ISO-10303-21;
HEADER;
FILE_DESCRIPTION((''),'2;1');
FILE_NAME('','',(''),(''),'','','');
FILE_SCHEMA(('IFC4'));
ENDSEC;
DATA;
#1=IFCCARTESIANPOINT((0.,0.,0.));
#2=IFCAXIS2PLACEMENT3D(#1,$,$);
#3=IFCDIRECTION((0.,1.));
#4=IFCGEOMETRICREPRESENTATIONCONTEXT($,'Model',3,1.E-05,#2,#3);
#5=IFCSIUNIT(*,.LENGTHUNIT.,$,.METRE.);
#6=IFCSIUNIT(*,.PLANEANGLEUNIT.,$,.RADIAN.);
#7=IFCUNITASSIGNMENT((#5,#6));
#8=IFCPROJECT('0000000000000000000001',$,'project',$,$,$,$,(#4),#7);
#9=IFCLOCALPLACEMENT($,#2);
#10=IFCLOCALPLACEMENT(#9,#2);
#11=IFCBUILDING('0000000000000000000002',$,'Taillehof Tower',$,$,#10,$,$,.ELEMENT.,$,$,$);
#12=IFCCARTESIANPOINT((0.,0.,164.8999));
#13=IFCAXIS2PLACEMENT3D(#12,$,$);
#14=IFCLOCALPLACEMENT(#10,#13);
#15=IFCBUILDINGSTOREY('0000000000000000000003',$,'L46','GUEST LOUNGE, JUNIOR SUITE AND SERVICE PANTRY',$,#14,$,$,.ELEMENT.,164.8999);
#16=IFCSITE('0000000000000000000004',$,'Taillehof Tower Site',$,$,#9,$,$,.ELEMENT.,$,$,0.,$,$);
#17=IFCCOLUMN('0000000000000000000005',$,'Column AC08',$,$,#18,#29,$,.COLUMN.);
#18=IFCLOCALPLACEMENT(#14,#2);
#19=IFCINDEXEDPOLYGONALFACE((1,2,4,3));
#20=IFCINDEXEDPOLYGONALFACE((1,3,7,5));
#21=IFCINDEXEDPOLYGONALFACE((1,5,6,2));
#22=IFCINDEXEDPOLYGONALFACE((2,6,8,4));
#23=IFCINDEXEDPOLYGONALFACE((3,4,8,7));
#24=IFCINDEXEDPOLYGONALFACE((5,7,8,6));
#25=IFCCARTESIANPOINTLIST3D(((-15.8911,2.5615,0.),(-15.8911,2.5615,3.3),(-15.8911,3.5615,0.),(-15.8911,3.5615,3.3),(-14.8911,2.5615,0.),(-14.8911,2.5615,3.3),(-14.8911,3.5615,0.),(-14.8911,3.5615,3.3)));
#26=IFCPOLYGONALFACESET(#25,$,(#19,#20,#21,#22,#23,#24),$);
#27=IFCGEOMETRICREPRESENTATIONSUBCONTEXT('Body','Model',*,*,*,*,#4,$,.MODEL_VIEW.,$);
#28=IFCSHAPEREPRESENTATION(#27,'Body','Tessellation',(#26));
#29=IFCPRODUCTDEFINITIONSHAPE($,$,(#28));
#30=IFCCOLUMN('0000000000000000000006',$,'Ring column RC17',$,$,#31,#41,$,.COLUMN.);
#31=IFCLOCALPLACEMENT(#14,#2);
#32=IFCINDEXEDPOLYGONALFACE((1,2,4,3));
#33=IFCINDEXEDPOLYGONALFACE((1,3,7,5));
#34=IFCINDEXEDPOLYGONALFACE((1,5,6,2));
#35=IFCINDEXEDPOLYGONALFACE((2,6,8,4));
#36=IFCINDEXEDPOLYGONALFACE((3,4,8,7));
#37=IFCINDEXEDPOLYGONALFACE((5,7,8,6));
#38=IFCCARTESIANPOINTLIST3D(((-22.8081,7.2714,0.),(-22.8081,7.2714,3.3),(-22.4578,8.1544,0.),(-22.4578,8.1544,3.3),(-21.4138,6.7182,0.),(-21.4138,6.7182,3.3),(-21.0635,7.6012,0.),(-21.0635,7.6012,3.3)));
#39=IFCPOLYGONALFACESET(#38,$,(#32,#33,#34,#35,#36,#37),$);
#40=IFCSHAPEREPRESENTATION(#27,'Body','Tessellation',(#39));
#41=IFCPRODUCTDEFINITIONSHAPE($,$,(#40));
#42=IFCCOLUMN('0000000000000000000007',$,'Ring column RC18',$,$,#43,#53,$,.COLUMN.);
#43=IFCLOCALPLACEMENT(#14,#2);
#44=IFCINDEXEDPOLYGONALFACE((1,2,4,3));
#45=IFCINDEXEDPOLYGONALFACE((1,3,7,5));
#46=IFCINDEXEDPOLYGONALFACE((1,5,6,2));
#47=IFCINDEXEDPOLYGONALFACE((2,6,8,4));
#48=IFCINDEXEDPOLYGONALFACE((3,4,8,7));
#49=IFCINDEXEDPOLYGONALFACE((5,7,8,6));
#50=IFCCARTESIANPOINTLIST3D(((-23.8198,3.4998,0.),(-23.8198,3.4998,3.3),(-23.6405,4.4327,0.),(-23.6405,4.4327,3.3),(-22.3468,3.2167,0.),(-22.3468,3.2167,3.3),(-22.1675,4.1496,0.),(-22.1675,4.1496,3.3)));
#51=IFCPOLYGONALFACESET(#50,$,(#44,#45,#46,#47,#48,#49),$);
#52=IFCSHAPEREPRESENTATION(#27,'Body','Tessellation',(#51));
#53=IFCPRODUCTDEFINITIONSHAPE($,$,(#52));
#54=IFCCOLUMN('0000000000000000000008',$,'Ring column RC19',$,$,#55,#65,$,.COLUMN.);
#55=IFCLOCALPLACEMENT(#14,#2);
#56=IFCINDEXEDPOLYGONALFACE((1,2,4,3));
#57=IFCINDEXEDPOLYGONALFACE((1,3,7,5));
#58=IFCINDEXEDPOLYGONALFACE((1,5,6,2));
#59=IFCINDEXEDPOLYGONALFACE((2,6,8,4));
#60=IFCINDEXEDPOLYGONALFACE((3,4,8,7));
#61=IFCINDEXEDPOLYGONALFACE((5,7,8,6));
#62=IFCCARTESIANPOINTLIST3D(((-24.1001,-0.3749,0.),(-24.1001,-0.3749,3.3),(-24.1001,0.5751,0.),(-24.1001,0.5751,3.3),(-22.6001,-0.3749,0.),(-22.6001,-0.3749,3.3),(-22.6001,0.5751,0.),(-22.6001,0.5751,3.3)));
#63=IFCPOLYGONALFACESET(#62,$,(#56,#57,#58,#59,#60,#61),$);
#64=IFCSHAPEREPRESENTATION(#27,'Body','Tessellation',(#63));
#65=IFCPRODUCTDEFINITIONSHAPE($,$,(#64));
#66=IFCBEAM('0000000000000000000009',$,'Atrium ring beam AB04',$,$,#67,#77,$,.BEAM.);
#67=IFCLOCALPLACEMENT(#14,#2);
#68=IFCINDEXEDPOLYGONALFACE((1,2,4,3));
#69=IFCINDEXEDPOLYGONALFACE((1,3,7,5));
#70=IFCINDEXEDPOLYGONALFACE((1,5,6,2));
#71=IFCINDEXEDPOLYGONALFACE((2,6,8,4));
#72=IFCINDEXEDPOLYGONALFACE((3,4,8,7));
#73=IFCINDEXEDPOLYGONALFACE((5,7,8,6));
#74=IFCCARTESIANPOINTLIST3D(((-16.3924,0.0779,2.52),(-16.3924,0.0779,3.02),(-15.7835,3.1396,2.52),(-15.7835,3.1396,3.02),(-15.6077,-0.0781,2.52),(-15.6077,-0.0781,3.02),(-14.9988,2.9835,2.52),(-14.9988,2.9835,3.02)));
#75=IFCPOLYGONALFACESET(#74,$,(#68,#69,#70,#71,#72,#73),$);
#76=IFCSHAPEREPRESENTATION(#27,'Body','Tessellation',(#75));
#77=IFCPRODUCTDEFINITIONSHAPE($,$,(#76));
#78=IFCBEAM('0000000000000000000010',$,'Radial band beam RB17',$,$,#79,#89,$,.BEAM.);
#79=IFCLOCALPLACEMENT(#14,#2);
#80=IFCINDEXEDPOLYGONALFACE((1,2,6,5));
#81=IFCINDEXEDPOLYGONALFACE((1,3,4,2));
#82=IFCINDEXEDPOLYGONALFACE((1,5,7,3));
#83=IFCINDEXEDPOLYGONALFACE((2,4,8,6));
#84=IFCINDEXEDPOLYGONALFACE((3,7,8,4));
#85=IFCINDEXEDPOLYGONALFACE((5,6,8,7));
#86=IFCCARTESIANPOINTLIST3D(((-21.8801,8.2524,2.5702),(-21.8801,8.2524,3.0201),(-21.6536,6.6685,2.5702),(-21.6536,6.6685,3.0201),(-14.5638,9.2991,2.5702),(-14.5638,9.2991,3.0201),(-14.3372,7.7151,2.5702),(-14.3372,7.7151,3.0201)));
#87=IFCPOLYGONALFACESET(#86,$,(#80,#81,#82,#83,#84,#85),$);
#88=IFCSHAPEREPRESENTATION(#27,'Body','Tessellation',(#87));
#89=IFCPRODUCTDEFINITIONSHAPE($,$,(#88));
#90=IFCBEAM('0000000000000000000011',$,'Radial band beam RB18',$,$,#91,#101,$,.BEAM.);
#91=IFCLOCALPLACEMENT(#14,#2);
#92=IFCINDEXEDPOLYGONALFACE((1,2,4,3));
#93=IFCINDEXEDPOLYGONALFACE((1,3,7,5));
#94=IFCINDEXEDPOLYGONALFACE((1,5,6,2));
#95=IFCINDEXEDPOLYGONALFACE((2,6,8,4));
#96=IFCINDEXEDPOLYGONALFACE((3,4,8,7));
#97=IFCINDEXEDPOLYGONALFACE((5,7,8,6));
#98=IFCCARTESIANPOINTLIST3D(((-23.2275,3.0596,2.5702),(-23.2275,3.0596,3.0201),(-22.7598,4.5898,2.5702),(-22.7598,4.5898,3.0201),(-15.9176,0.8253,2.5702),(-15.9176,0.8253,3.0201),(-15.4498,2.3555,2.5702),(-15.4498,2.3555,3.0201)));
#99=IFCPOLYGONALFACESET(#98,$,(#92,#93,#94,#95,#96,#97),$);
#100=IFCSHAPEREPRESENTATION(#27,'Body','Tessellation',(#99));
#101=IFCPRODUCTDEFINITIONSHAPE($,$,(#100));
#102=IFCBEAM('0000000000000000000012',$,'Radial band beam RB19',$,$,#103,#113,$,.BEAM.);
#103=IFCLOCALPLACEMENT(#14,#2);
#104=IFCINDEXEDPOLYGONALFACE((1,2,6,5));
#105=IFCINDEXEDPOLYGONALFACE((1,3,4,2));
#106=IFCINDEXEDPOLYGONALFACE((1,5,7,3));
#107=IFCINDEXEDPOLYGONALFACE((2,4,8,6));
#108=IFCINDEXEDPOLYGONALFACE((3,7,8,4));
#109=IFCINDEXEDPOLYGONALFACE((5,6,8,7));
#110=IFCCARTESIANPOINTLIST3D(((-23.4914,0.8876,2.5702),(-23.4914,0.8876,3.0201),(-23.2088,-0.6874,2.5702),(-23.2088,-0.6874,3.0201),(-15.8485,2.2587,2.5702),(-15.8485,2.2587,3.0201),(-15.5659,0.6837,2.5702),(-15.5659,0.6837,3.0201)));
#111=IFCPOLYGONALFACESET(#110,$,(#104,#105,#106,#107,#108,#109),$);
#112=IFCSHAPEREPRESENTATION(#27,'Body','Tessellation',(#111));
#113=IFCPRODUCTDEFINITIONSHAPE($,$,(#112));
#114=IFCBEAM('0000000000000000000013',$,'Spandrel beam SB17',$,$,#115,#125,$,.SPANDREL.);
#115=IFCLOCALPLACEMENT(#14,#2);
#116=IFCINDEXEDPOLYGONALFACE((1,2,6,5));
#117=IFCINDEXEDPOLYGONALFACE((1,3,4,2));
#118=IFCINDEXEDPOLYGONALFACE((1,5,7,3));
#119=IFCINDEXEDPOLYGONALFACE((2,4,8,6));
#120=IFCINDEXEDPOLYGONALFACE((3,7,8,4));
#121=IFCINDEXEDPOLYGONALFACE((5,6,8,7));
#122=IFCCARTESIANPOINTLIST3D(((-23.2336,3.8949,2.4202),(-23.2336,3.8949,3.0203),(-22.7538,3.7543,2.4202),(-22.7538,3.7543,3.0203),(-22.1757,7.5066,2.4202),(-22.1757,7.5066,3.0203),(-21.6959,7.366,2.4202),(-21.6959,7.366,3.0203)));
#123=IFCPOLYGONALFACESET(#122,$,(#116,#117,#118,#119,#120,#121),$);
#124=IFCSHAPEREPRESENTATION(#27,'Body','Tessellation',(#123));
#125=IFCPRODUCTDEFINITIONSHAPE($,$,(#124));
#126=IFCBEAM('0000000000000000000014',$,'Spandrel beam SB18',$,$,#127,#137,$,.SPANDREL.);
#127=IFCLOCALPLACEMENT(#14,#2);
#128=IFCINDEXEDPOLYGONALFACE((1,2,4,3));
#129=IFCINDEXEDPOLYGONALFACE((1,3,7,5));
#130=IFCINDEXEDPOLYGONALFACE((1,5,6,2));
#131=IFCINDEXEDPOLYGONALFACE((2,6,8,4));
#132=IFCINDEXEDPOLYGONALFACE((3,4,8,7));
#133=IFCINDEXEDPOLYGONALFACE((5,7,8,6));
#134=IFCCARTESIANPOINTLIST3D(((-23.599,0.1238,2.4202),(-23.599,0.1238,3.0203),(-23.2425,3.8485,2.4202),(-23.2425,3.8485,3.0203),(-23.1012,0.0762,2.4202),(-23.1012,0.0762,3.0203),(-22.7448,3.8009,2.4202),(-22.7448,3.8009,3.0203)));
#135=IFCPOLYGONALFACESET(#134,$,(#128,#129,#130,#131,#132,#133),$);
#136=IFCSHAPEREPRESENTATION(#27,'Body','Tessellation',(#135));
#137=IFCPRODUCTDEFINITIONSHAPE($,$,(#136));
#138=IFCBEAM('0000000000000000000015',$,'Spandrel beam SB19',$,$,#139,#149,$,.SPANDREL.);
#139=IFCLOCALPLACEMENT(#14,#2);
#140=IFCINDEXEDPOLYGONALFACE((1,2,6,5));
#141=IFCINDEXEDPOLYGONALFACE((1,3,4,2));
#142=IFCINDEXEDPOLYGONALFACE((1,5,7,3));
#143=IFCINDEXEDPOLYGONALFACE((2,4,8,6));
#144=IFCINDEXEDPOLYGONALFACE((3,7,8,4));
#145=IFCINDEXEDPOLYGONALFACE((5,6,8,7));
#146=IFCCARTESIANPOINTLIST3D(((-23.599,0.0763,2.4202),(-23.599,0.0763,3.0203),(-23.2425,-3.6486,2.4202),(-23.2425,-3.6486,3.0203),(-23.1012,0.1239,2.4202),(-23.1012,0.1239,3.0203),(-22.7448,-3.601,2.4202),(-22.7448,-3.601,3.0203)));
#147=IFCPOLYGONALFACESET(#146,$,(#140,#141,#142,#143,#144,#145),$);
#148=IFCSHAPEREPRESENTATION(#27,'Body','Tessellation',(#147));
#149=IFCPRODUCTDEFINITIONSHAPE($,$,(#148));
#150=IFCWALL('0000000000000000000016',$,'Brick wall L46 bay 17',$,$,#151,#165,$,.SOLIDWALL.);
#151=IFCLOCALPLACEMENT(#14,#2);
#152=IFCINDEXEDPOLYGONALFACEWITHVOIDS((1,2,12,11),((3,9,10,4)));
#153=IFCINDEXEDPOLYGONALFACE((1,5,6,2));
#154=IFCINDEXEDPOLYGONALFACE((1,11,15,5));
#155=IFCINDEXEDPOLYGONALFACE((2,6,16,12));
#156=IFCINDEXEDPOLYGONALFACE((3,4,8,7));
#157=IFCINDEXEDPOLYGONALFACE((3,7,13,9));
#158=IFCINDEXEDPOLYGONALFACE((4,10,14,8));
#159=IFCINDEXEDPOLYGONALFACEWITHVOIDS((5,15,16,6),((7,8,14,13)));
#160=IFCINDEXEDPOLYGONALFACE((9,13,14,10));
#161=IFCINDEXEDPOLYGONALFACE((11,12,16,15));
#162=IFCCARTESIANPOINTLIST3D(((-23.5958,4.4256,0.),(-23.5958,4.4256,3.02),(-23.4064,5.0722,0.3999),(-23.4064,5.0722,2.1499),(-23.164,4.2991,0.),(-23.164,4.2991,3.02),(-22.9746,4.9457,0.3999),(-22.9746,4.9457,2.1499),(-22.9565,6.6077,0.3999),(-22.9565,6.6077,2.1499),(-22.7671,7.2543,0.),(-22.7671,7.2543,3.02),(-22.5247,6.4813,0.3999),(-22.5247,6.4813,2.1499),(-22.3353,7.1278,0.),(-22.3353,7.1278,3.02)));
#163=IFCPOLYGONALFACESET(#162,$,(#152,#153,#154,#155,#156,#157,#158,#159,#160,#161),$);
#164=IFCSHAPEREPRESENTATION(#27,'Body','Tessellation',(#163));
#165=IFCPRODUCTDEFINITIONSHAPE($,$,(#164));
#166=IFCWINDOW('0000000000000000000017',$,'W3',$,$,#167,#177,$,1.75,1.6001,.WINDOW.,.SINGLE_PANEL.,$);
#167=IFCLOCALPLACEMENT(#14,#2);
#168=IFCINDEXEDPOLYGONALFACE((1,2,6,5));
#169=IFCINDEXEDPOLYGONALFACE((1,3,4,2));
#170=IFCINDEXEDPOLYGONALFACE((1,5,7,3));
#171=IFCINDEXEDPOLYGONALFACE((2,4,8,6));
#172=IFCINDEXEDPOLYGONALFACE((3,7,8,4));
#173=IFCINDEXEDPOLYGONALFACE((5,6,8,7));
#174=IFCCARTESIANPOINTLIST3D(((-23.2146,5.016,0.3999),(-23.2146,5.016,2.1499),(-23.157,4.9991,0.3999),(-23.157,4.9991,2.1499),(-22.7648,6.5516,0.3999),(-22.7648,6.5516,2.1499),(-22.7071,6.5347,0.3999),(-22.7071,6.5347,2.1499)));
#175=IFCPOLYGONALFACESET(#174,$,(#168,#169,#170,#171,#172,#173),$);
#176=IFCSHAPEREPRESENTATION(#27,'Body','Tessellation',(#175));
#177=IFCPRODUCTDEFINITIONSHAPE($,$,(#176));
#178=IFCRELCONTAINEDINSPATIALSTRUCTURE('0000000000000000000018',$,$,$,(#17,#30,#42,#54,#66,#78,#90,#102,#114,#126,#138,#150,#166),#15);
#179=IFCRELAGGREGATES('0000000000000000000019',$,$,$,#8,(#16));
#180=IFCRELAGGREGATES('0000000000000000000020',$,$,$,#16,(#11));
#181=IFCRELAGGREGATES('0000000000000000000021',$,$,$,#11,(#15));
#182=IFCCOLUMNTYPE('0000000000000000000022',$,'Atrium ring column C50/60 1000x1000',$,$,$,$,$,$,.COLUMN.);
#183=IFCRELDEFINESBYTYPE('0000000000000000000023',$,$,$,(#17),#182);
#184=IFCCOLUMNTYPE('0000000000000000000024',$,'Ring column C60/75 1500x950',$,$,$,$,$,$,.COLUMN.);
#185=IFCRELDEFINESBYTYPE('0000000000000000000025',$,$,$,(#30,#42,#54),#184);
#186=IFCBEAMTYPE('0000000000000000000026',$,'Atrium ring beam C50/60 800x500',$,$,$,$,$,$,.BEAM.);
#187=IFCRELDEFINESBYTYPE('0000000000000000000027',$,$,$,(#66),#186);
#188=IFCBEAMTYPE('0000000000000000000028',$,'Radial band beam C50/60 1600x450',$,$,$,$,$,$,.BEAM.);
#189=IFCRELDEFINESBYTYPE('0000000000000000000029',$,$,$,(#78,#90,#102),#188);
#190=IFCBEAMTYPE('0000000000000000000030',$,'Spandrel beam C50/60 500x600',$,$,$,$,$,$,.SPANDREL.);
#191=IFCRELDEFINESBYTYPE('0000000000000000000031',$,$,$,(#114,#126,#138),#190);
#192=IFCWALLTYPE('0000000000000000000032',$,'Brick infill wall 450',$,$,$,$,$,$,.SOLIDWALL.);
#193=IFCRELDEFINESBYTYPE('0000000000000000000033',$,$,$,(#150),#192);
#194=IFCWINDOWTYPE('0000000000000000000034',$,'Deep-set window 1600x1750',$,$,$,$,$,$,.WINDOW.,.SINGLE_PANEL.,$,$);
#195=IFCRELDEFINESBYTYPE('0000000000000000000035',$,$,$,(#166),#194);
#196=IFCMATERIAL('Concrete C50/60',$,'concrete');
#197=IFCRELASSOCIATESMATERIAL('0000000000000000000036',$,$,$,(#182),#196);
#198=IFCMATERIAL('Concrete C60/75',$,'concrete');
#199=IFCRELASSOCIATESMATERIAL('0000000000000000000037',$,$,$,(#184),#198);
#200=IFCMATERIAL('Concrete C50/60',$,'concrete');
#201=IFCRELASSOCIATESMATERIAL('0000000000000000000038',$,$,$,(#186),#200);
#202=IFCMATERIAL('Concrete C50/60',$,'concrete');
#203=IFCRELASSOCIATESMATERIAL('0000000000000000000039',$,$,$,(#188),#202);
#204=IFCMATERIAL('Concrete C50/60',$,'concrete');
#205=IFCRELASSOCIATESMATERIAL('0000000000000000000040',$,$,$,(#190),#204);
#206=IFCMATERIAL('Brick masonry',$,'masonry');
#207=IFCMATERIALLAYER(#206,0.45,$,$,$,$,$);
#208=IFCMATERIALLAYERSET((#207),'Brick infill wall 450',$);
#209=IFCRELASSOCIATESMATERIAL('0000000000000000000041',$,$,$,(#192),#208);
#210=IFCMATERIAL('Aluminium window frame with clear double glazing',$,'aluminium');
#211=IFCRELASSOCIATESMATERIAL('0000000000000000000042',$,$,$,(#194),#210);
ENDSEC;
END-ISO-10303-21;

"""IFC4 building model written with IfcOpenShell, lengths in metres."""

from ifc_helpers import new_model, si_unit, direction, frame, frame_2d, origin, origin_2d, place, context, subcontext, project, spatial, rectangle, extrude, material, layer, layer_set, material_profile, profile_set, type_object, element, fill, save


model = new_model("IFC4")

# Units and contexts
model_context = context("Model", 3, precision=1e-05, world=origin(), true_north=direction((0.0, 1.0)))
body_context = subcontext(model_context, "Body", "Model", "MODEL_VIEW")
ifc_project = project(units=[si_unit("LENGTHUNIT", "METRE"), si_unit("PLANEANGLEUNIT", "RADIAN")], contexts=[model_context])

# Site, building, storey
site_placement = place(None, origin())
site = spatial("IfcSite", under=ifc_project, at=site_placement, Name="Taillehof Tower Site", CompositionType="ELEMENT", RefElevation=0.0)
building_placement = place(site_placement, origin())
building = spatial("IfcBuilding", under=site, at=building_placement, Name="Taillehof Tower", CompositionType="ELEMENT")
storey_placement = place(building_placement, frame((0.0, 0.0, 164.8999)))
storey = spatial("IfcBuildingStorey", under=building, at=storey_placement, Name="L46", Description="GUEST LOUNGE, JUNIOR SUITE AND SERVICE PANTRY", CompositionType="ELEMENT", Elevation=164.8999)

# Columns
ifc_material_1 = material(Name="Concrete C50/60", Category="concrete")
ifc_material_profile_1 = material_profile(ifc_material_1, rectangle(XDim=1.0, YDim=1.0, at=origin_2d()), Name="RC 1000x1000")
ifc_profile_set_1 = profile_set([ifc_material_profile_1], Name="Concrete C50/60")
column_type_1 = type_object("IfcColumnType", Name="Atrium ring column C50/60 1000x1000", PredefinedType="COLUMN", material=ifc_profile_set_1)
column_placement = place(storey_placement, frame((-15.3911, 3.0615, 0.0), z_axis=(0.0, 0.0, 1.0), x_axis=(1.0, 0.0, 0.0)))
element("IfcColumn", 1, at=column_placement, inside=storey, type_object=column_type_1, Name="Column AC08", PredefinedType="COLUMN", context=body_context, shape_type="SweptSolid", body=[
    extrude(rectangle(XDim=1.0, YDim=1.0, at=origin_2d()), origin(), (0.0, 0.0, 1.0), 3.3),
])
ifc_material_2 = material(Name="Concrete C60/75", Category="concrete")
ifc_material_profile_2 = material_profile(ifc_material_2, rectangle(XDim=1.5, YDim=0.95, at=origin_2d()), Name="RC 1500x950")
ifc_profile_set_2 = profile_set([ifc_material_profile_2], Name="Concrete C60/75")
column_type_2 = type_object("IfcColumnType", Name="Ring column C60/75 1500x950", PredefinedType="COLUMN", material=ifc_profile_set_2)
for number, where, z_axis, x_axis, name in (
    (2, (-21.9358, 7.4363, 0.0), (0.0, 0.0, 1.0), (-0.929511, 0.368793, 0.0), "Ring column RC17"),
    (3, (-22.9937, 3.8247, 0.0), (0.0, 0.0, 1.0), (-0.982024, 0.188757, 0.0), "Ring column RC18"),
    (4, (-23.3501, 0.1001, 0.0), (0.0, 0.0, 1.0), (-1.0, 0.0, 0.0), "Ring column RC19"),
):
    element("IfcColumn", number, at=place(storey_placement, frame(where, z_axis=z_axis, x_axis=x_axis)), inside=storey, type_object=column_type_2, Name=name, PredefinedType="COLUMN", context=body_context, shape_type="SweptSolid", body=[
        extrude(rectangle(XDim=1.5, YDim=0.95, at=origin_2d()), origin(), (0.0, 0.0, 1.0), 3.3),
    ])

# Beams
ifc_material_3 = material(Name="Concrete C50/60", Category="concrete")
ifc_material_profile_3 = material_profile(ifc_material_3, rectangle(XDim=0.8, YDim=0.5, at=origin_2d()), Name="RC 800x500")
ifc_profile_set_3 = profile_set([ifc_material_profile_3], Name="Concrete C50/60")
beam_type_1 = type_object("IfcBeamType", Name="Atrium ring beam C50/60 800x500", PredefinedType="BEAM", material=ifc_profile_set_3)
beam_1_placement = place(storey_placement, frame((-15.3911, 3.0615, 2.77), z_axis=(-0.195063, -0.980791, 0.0), x_axis=(0.980791, -0.195063, 0.0)))
element("IfcBeam", 5, at=beam_1_placement, inside=storey, type_object=beam_type_1, Name="Atrium ring beam AB04", PredefinedType="BEAM", context=body_context, shape_type="SweptSolid", body=[
    extrude(rectangle(XDim=0.8, YDim=0.5, at=origin_2d()), origin(), (0.0, 0.0, 1.0), 3.1216),
])
ifc_material_4 = material(Name="Concrete C50/60", Category="concrete")
ifc_material_profile_4 = material_profile(ifc_material_4, rectangle(XDim=1.6001, YDim=0.45, at=origin_2d()), Name="RC 1600x450")
ifc_profile_set_4 = profile_set([ifc_material_profile_4], Name="Concrete C50/60")
beam_type_2 = type_object("IfcBeamType", Name="Radial band beam C50/60 1600x450", PredefinedType="BEAM", material=ifc_profile_set_4)
beam_2_placement = place(storey_placement, frame((-21.7668, 7.4604, 2.7952), z_axis=(0.989922, 0.141611, 0.0), x_axis=(-0.141611, 0.989922, 0.0)))
element("IfcBeam", 6, at=beam_2_placement, inside=storey, type_object=beam_type_2, Name="Radial band beam RB17", PredefinedType="BEAM", context=body_context, shape_type="SweptSolid", body=[
    extrude(rectangle(XDim=1.6001, YDim=0.45, at=origin_2d()), origin(), (0.0, 0.0, 1.0), 7.3909),
])
beam_3_placement = place(storey_placement, frame((-22.9937, 3.8247, 2.7952), z_axis=(0.956324, -0.292308, 0.0), x_axis=(0.292308, 0.956324, 0.0)))
element("IfcBeam", 7, at=beam_3_placement, inside=storey, type_object=beam_type_2, Name="Radial band beam RB18", PredefinedType="BEAM", context=body_context, shape_type="SweptSolid", body=[
    extrude(rectangle(XDim=1.6001, YDim=0.45, at=origin_2d()), origin(), (0.0, 0.0, 1.0), 7.6438),
])
beam_4_placement = place(storey_placement, frame((-23.3501, 0.1001, 2.7952), z_axis=(0.984287, 0.176577, 0.0), x_axis=(-0.176577, 0.984287, 0.0)))
element("IfcBeam", 8, at=beam_4_placement, inside=storey, type_object=beam_type_2, Name="Radial band beam RB19", PredefinedType="BEAM", context=body_context, shape_type="SweptSolid", body=[
    extrude(rectangle(XDim=1.6001, YDim=0.45, at=origin_2d()), origin(), (0.0, 0.0, 1.0), 7.7649),
])
ifc_material_5 = material(Name="Concrete C50/60", Category="concrete")
ifc_material_profile_5 = material_profile(ifc_material_5, rectangle(XDim=0.5, YDim=0.6001, at=origin_2d()), Name="RC 500x600")
ifc_profile_set_5 = profile_set([ifc_material_profile_5], Name="Concrete C50/60")
beam_type_3 = type_object("IfcBeamType", Name="Spandrel beam C50/60 500x600", PredefinedType="SPANDREL", material=ifc_profile_set_5)
beam_5_placement = place(storey_placement, frame((-21.9358, 7.4363, 2.7202), z_axis=(-0.281098, -0.959679, 0.0), x_axis=(0.959679, -0.281098, 0.0)))
element("IfcBeam", 9, at=beam_5_placement, inside=storey, type_object=beam_type_3, Name="Spandrel beam SB17", PredefinedType="SPANDREL", context=body_context, shape_type="SweptSolid", body=[
    extrude(rectangle(XDim=0.5, YDim=0.6001, at=origin_2d()), origin(), (0.0, 0.0, 1.0), 3.7634),
])
beam_6_placement = place(storey_placement, frame((-22.9937, 3.8247, 2.7202), z_axis=(-0.095265, -0.995452, 0.0), x_axis=(0.995452, -0.095265, 0.0)))
element("IfcBeam", 10, at=beam_6_placement, inside=storey, type_object=beam_type_3, Name="Spandrel beam SB18", PredefinedType="SPANDREL", context=body_context, shape_type="SweptSolid", body=[
    extrude(rectangle(XDim=0.5, YDim=0.6001, at=origin_2d()), origin(), (0.0, 0.0, 1.0), 3.7417),
])
beam_7_placement = place(storey_placement, frame((-23.3501, 0.1001, 2.7202), z_axis=(0.095259, -0.995453, 0.0), x_axis=(0.995453, 0.095259, 0.0)))
element("IfcBeam", 11, at=beam_7_placement, inside=storey, type_object=beam_type_3, Name="Spandrel beam SB19", PredefinedType="SPANDREL", context=body_context, shape_type="SweptSolid", body=[
    extrude(rectangle(XDim=0.5, YDim=0.6001, at=origin_2d()), origin(), (0.0, 0.0, 1.0), 3.7419),
])

# Wall, opening, window
ifc_material_6 = material(Name="Brick masonry", Category="masonry")
ifc_layer_1 = layer(ifc_material_6, 0.45)
ifc_layer_set_1 = layer_set([ifc_layer_1], Name="Brick infill wall 450")
wall_type_1 = type_object("IfcWallType", Name="Brick infill wall 450", PredefinedType="SOLIDWALL", material=ifc_layer_set_1)
wall_1_placement = place(storey_placement, frame((-22.5513, 7.1909, 0.0), z_axis=(0.0, 0.0, 1.0), x_axis=(-0.281126, -0.959671, 0.0)))
wall_1 = element("IfcWall", 12, at=wall_1_placement, inside=storey, type_object=wall_type_1, Name="Brick wall L46 bay 17", PredefinedType="SOLIDWALL", context=body_context, shape_type="SweptSolid", body=[
    extrude(rectangle(XDim=2.9475, YDim=0.45, at=frame_2d((1.4736, 0.0))), origin(), (0.0, 0.0, 1.0), 3.02),
])
opening_1_placement = place(wall_1_placement, frame((0.6736, 0.0, 0.3999)))
opening_1 = element("IfcOpeningElement", 13, at=opening_1_placement, cuts=wall_1, PredefinedType="OPENING", context=body_context, shape_type="SweptSolid", body=[
    extrude(rectangle(XDim=1.6001, YDim=1.75, at=frame_2d((0.8, 0.875))), frame((0.0, 0.2349, 0.0), z_axis=(0.0, -1.0, 0.0), x_axis=(1.0, 0.0, 0.0)), (0.0, 0.0, 1.0), 0.47),
])
ifc_material_7 = material(Name="Aluminium window frame with clear double glazing", Category="aluminium")
window_type = type_object("IfcWindowType", Name="Deep-set window 1600x1750", PartitioningType="SINGLE_PANEL", PredefinedType="WINDOW", material=ifc_material_7)
window_1_placement = place(opening_1_placement, origin())
window_1 = element("IfcWindow", 14, at=window_1_placement, inside=storey, type_object=window_type, Name="W3", OverallHeight=1.75, OverallWidth=1.6001, PartitioningType="SINGLE_PANEL", PredefinedType="WINDOW", context=body_context, shape_type="SweptSolid", body=[
    extrude(rectangle(XDim=1.6001, YDim=1.75, at=frame_2d((0.8, 0.875))), frame((0.0, 0.0349, 0.0), z_axis=(0.0, -1.0, 0.0), x_axis=(1.0, 0.0, 0.0)), (0.0, 0.0, 1.0), 0.0601),
])
fill(opening_1, window_1)

save(model, "model.ifc")
